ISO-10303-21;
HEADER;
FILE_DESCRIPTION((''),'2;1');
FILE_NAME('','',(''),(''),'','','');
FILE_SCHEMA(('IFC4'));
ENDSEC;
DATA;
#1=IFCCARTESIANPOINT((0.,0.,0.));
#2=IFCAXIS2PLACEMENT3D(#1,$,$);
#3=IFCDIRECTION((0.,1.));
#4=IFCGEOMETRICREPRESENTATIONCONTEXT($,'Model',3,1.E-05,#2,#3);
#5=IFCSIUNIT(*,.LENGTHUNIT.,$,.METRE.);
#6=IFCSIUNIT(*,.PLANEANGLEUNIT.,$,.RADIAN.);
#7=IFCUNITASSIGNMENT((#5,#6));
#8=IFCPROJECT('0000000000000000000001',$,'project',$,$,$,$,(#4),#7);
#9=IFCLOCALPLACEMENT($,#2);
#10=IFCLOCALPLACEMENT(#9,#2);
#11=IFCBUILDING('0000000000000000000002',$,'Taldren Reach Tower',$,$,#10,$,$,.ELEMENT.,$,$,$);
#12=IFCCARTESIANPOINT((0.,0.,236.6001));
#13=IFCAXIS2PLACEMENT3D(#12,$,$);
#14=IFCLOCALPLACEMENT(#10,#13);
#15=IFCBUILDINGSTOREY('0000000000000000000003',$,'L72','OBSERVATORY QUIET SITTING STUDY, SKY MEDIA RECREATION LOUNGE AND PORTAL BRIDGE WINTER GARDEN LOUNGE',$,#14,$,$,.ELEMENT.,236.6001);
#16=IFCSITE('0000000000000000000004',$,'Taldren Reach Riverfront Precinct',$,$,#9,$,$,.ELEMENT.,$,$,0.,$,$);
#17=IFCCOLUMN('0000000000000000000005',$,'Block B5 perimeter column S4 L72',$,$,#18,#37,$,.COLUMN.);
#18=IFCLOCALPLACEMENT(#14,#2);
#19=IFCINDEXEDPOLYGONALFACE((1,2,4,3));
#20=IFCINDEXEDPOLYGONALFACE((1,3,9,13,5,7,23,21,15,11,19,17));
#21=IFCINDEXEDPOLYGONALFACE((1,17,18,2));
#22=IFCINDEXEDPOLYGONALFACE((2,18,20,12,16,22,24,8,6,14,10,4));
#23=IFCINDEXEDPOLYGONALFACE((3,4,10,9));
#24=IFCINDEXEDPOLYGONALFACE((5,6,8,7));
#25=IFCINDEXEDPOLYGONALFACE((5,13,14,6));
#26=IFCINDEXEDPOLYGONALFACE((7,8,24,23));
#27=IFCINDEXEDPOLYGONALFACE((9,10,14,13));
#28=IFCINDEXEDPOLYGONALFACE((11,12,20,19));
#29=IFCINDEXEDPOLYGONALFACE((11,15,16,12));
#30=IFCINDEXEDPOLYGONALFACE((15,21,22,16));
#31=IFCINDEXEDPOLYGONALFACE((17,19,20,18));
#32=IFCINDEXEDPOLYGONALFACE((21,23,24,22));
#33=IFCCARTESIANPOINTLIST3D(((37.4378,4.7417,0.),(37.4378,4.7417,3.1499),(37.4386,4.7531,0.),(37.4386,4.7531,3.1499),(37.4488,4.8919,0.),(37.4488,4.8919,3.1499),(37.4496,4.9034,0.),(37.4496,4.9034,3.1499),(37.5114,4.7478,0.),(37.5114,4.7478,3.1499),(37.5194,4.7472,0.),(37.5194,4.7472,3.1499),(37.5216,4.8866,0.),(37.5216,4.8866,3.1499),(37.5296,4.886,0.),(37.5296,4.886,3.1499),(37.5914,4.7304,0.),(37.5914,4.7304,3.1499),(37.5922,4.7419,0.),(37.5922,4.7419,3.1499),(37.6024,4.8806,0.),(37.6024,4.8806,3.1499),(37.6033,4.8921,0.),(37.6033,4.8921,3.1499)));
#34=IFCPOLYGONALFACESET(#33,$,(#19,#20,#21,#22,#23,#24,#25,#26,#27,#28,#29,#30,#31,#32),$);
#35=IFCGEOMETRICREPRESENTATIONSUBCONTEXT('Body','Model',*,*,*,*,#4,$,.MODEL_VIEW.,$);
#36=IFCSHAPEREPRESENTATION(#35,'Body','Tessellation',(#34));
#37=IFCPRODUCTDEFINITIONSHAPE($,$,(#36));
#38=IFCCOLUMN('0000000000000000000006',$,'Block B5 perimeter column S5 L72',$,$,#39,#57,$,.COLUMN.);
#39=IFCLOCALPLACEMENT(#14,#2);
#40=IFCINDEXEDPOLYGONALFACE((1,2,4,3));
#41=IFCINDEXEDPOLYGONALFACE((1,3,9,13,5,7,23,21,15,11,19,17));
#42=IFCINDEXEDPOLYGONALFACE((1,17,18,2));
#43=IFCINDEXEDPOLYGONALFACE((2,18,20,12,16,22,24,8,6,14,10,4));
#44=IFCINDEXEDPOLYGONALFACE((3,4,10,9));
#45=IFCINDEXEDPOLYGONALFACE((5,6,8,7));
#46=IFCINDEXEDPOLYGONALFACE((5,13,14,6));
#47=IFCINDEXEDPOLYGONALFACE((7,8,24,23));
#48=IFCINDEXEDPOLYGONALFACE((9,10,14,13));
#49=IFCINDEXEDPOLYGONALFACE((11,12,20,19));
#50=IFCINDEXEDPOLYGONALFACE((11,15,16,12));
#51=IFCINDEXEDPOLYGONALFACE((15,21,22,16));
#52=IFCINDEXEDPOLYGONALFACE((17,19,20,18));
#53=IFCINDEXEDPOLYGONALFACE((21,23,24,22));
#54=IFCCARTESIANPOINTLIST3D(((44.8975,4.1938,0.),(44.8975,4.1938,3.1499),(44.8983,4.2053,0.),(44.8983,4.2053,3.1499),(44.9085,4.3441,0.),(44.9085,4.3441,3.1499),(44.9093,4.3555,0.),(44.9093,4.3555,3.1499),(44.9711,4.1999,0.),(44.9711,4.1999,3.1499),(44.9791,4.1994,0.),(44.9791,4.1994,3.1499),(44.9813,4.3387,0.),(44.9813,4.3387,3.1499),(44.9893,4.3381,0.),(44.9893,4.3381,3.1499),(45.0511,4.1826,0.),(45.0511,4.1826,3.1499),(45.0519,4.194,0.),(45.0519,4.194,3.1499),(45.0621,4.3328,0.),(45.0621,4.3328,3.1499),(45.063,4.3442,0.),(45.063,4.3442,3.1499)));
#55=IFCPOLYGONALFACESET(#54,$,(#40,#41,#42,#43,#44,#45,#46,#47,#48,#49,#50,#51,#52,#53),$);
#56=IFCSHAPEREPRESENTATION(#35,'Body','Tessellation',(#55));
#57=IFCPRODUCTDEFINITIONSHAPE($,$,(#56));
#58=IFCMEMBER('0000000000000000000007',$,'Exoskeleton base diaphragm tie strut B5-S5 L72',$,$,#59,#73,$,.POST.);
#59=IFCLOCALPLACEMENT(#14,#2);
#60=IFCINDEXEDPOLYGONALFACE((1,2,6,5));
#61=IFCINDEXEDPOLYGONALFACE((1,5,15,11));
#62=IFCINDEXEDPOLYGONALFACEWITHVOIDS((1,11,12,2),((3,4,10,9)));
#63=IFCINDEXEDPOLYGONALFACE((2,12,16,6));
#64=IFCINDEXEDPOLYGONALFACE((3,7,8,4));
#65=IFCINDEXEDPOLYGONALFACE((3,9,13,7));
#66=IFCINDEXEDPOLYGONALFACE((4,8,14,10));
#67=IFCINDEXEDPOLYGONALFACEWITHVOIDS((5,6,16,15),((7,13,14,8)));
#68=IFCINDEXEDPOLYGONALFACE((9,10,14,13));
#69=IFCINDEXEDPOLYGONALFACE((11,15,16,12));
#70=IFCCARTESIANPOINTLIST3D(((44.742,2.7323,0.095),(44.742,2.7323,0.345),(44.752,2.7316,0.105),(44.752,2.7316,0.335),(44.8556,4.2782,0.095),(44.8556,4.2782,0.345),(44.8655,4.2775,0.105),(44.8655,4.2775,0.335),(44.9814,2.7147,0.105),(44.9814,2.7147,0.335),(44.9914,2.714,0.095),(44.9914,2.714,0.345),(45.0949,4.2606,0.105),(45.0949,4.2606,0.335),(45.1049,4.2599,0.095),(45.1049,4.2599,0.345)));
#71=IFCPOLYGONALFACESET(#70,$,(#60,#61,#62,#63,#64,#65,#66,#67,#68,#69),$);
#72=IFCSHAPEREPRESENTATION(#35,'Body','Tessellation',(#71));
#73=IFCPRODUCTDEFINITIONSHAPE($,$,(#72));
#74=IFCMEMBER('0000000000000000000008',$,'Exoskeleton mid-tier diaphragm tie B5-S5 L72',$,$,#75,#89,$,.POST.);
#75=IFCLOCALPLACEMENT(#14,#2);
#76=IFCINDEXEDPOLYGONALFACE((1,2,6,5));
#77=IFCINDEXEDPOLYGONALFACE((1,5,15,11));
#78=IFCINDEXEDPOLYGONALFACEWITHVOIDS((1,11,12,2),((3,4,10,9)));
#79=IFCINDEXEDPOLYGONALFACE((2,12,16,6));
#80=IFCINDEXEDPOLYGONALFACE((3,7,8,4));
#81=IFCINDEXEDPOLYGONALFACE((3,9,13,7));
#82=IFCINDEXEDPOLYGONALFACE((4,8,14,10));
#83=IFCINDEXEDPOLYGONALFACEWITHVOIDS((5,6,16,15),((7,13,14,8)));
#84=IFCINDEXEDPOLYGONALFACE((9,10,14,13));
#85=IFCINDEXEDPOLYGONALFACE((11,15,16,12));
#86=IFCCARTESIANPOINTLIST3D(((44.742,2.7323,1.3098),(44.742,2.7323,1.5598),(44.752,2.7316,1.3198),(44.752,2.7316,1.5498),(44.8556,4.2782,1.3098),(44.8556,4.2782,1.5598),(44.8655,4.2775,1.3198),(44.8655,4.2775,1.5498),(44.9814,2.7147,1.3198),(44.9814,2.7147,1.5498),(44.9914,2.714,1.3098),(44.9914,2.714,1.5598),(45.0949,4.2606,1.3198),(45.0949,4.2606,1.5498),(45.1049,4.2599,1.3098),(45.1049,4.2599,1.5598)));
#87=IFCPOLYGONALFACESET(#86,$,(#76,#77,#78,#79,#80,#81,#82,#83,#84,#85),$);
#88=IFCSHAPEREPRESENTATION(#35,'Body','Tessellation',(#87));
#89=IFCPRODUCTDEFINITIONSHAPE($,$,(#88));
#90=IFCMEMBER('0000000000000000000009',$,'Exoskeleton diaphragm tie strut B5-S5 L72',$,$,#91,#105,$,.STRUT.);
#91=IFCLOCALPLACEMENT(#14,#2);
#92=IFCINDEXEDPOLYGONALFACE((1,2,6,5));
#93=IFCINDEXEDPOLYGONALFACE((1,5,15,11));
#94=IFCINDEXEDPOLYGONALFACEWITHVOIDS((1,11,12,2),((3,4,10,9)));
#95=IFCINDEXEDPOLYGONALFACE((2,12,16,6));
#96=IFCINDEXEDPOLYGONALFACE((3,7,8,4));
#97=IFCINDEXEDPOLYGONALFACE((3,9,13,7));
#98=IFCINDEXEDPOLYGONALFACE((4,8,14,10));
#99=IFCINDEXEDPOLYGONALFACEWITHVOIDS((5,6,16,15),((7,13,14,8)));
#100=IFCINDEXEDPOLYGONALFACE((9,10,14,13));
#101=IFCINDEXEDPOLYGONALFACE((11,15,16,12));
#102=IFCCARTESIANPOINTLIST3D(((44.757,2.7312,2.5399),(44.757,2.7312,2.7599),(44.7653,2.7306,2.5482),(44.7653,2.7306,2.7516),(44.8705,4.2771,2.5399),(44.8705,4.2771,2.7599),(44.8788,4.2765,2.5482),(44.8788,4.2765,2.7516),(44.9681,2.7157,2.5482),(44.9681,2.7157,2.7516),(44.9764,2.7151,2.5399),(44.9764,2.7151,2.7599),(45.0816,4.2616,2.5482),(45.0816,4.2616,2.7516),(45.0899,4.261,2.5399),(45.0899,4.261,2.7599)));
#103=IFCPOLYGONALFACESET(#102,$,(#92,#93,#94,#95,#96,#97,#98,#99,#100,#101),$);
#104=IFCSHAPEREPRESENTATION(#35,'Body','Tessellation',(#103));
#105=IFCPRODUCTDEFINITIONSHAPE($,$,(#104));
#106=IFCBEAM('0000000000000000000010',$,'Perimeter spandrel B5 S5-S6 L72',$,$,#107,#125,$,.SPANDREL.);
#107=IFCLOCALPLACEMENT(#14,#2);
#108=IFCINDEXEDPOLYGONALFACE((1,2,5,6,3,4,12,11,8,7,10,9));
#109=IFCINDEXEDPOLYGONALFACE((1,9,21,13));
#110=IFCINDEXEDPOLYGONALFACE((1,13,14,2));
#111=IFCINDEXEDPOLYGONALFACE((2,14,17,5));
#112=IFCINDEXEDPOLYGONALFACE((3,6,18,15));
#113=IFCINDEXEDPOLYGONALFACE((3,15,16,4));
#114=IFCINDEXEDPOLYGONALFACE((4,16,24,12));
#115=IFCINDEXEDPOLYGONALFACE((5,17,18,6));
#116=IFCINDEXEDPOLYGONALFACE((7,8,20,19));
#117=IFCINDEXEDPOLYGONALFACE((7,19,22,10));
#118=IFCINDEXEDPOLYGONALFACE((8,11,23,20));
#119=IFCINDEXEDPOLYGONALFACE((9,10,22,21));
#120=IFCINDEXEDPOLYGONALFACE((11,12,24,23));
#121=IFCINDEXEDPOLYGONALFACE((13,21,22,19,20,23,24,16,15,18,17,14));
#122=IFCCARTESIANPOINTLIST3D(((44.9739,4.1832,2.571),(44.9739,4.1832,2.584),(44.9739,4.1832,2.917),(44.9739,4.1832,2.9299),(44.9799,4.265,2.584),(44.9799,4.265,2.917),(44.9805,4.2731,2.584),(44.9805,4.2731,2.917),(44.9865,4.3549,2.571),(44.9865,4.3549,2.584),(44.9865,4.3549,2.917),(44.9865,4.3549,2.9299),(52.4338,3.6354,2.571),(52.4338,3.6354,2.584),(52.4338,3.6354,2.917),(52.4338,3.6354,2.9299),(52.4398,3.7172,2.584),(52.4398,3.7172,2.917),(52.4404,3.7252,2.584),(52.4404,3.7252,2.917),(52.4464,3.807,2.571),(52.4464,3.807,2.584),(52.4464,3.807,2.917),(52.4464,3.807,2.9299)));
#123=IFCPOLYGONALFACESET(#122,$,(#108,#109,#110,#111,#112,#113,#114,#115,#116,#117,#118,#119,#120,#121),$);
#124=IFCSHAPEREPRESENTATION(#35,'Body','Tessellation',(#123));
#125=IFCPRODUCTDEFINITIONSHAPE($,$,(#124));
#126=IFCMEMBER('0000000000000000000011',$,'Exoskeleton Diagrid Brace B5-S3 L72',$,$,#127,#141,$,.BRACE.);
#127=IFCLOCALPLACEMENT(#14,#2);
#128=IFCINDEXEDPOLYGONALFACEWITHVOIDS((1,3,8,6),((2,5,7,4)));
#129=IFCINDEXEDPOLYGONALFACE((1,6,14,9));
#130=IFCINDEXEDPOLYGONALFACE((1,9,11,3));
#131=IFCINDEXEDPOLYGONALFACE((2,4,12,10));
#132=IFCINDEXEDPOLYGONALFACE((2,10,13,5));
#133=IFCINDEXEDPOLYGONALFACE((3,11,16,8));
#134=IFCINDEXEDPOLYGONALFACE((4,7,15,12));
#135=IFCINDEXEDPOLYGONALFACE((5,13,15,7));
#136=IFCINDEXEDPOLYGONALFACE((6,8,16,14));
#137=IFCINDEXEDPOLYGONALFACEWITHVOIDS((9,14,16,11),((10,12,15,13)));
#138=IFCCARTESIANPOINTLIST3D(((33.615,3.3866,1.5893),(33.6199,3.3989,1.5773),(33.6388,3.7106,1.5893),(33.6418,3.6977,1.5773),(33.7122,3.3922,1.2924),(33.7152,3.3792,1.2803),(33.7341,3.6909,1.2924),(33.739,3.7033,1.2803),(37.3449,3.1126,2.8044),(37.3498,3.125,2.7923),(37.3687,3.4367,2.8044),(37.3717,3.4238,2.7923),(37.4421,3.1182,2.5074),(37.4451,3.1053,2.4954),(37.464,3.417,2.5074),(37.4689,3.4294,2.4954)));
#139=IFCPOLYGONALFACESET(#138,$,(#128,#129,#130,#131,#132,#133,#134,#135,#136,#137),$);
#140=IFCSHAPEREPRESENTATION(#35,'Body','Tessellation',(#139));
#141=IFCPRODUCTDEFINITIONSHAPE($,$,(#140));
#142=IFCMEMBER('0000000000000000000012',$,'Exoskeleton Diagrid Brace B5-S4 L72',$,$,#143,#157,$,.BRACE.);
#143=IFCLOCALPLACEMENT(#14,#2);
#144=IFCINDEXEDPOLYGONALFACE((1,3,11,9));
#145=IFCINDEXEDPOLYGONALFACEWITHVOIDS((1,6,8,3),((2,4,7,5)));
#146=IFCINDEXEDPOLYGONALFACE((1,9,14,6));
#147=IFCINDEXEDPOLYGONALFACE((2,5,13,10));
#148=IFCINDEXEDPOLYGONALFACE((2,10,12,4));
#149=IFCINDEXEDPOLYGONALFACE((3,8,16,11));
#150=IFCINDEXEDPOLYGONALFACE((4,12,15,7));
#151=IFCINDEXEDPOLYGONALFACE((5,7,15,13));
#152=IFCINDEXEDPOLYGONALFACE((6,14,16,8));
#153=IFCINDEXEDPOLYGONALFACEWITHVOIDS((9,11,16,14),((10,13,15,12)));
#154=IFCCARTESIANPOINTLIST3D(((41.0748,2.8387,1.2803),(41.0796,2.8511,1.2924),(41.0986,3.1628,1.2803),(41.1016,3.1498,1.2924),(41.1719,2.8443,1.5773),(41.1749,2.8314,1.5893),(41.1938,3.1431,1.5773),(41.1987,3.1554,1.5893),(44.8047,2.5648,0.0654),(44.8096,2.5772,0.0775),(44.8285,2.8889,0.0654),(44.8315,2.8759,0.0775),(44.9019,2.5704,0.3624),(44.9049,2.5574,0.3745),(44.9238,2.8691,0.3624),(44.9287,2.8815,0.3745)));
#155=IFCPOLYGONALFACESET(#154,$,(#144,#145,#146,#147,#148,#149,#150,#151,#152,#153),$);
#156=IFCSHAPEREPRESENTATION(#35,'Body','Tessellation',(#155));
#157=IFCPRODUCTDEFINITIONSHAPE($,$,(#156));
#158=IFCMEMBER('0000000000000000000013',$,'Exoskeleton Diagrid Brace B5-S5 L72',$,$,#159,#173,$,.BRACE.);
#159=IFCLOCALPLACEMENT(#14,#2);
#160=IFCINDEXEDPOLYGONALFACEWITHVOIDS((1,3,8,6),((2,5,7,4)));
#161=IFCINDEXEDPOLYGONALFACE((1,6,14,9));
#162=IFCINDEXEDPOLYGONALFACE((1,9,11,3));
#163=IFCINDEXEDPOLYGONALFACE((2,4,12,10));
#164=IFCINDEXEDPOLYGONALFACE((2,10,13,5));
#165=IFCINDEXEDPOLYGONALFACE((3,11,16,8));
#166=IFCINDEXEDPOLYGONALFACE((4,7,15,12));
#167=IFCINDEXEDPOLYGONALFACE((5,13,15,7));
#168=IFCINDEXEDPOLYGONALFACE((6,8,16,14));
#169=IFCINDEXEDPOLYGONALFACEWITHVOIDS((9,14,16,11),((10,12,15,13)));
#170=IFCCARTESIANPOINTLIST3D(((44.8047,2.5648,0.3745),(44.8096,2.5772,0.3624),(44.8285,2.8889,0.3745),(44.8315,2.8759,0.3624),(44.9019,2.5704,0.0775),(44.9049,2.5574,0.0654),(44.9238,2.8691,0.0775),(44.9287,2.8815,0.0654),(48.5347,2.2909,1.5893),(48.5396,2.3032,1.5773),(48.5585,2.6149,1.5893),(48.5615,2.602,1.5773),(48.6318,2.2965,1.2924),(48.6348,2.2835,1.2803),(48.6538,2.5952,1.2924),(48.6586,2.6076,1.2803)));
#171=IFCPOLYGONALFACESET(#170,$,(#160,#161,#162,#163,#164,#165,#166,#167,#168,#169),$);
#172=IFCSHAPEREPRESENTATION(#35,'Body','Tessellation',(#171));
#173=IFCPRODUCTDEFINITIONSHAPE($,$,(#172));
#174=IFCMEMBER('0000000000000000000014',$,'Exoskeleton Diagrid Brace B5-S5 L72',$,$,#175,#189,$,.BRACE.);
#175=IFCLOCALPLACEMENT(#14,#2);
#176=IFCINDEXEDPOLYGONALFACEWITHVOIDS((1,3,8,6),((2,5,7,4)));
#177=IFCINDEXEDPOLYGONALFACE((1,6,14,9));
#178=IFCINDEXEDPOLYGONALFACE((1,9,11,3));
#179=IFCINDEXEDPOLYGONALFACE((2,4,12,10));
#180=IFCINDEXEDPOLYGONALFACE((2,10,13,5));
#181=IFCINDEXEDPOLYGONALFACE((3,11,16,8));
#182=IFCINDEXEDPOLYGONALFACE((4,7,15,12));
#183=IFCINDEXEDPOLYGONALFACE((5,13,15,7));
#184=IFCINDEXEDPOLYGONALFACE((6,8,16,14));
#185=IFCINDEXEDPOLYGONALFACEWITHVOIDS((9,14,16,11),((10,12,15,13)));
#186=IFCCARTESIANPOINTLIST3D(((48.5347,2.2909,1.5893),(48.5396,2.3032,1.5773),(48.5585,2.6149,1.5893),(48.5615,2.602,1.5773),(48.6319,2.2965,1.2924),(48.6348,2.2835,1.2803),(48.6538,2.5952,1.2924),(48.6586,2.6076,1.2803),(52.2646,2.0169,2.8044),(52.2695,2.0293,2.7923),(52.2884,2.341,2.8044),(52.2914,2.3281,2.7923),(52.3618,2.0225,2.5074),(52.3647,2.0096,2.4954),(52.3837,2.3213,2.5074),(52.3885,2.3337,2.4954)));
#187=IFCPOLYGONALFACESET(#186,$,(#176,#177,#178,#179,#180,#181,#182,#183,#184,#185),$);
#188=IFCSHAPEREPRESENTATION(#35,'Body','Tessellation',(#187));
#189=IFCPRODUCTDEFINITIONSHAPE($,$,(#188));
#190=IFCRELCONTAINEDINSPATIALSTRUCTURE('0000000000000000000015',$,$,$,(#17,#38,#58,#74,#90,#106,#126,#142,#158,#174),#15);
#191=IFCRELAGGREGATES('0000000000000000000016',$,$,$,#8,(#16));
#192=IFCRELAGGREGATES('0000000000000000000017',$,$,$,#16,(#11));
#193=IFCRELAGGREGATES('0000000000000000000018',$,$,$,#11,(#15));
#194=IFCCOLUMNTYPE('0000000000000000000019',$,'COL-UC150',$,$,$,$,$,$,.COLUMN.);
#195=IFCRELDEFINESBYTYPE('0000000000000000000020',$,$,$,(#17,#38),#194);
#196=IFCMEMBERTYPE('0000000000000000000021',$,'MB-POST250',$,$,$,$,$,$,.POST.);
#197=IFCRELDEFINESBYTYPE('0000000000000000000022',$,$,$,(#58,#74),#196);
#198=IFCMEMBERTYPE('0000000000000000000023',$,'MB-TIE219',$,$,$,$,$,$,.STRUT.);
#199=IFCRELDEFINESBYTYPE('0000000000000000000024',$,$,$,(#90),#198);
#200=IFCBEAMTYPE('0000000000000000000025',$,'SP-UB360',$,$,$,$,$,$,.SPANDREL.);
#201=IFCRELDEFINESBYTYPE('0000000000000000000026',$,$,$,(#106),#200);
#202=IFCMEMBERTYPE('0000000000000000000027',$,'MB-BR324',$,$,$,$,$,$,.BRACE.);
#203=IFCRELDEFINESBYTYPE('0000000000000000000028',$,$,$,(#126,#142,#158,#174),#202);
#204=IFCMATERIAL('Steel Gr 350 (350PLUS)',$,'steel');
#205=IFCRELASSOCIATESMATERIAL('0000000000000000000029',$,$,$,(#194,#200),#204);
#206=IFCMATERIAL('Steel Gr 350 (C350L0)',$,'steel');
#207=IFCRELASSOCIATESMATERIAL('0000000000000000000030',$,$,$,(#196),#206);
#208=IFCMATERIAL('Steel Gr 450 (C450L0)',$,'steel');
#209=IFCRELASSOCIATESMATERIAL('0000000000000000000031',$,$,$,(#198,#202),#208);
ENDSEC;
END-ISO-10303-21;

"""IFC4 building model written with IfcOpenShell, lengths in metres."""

from ifc_helpers import new_model, si_unit, direction, frame, origin, origin_2d, place, context, subcontext, project, spatial, hollow_rectangle, i_section, extrude, source, transform, mapped, material, material_profile, profile_set, type_object, element, save


model = new_model("IFC4")

# Units and contexts
model_context = context("Model", 3, precision=1e-05, world=origin(), true_north=direction((0.0, 1.0)))
body_context = subcontext(model_context, "Body", "Model", "MODEL_VIEW")
ifc_project = project(units=[si_unit("LENGTHUNIT", "METRE"), si_unit("PLANEANGLEUNIT", "RADIAN")], contexts=[model_context])

# Site, building, storey
site_placement = place(None, origin())
site = spatial("IfcSite", under=ifc_project, at=site_placement, Name="Taldren Reach Riverfront Precinct", CompositionType="ELEMENT", RefElevation=0.0)
building_placement = place(site_placement, origin())
building = spatial("IfcBuilding", under=site, at=building_placement, Name="Taldren Reach Tower", CompositionType="ELEMENT")
storey_placement = place(building_placement, frame((0.0, 0.0, 236.6001)))
storey = spatial("IfcBuildingStorey", under=building, at=storey_placement, Name="L72", Description="OBSERVATORY QUIET SITTING STUDY, SKY MEDIA RECREATION LOUNGE AND PORTAL BRIDGE WINTER GARDEN LOUNGE", CompositionType="ELEMENT", Elevation=236.6001)

# Columns
ifc_material_1 = material(Name="Steel Gr 350 (350PLUS)", Category="steel")
ifc_material_profile_1 = material_profile(ifc_material_1, i_section(OverallWidth=0.1541, OverallDepth=0.1621, WebThickness=0.0081, FlangeThickness=0.0115, at=origin_2d()), Name="150UC37.2")
ifc_profile_set_1 = profile_set([ifc_material_profile_1], Name="Steel Gr 350 (350PLUS)")
column_type = type_object("IfcColumnType", Name="COL-UC150", PredefinedType="COLUMN", material=ifc_profile_set_1)
shared_shape_1 = source(origin(), body_context, "Body", "SweptSolid", [
    extrude(i_section(OverallWidth=0.1541, OverallDepth=0.1621, WebThickness=0.0081, FlangeThickness=0.0115, at=origin_2d()), origin(), (0.0, 0.0, 1.0), 3.1499),
])
for number, where, z_axis, x_axis, name in (
    (1, (37.5205, 4.8169, 0.0), (0.0, 0.0, 1.0), (0.997314, -0.073238, 0.0), "Block B5 perimeter column S4 L72"),
    (2, (44.9802, 4.269, 0.0), (0.0, 0.0, 1.0), (0.997314, -0.073238, 0.0), "Block B5 perimeter column S5 L72"),
):
    element("IfcColumn", number, at=place(storey_placement, frame(where, z_axis=z_axis, x_axis=x_axis)), inside=storey, type_object=column_type, Name=name, PredefinedType="COLUMN", context=body_context, shape_type="MappedRepresentation", body=[
        mapped(shared_shape_1, transform((0.0, 0.0, 0.0), scale=1.0)),
    ])

# Members
ifc_material_2 = material(Name="Steel Gr 350 (C350L0)", Category="steel")
ifc_material_profile_2 = material_profile(ifc_material_2, hollow_rectangle(XDim=0.25, YDim=0.25, WallThickness=0.01, at=origin_2d()), Name="250x250x10.0SHS")
ifc_profile_set_2 = profile_set([ifc_material_profile_2], Name="Steel Gr 350 (C350L0)")
member_type_1 = type_object("IfcMemberType", Name="MB-POST250", PredefinedType="POST", material=ifc_profile_set_2)
shared_shape_2 = source(origin(), body_context, "Body", "SweptSolid", [
    extrude(hollow_rectangle(XDim=0.25, YDim=0.25, WallThickness=0.01, at=origin_2d()), origin(), (0.0, 0.0, 1.0), 1.55),
])
for number, where, z_axis, x_axis, name in (
    (3, (44.9802, 4.269, 0.22), (-0.073239, -0.997314, 0.0), (0.997314, -0.073239, 0.0), "Exoskeleton base diaphragm tie strut B5-S5 L72"),
    (4, (44.9802, 4.269, 1.4348), (-0.073239, -0.997314, 0.0), (0.997314, -0.073239, 0.0), "Exoskeleton mid-tier diaphragm tie B5-S5 L72"),
):
    element("IfcMember", number, at=place(storey_placement, frame(where, z_axis=z_axis, x_axis=x_axis)), inside=storey, type_object=member_type_1, Name=name, PredefinedType="POST", context=body_context, shape_type="MappedRepresentation", body=[
        mapped(shared_shape_2, transform((0.0, 0.0, 0.0), scale=1.0)),
    ])
ifc_material_3 = material(Name="Steel Gr 450 (C450L0)", Category="steel")
ifc_material_profile_3 = material_profile(ifc_material_3, hollow_rectangle(XDim=0.22, YDim=0.22, WallThickness=0.0083, at=origin_2d()), Name="220x220x8.2SHS")
ifc_profile_set_3 = profile_set([ifc_material_profile_3], Name="Steel Gr 450 (C450L0)")
member_type_2 = type_object("IfcMemberType", Name="MB-TIE219", PredefinedType="STRUT", material=ifc_profile_set_3)
shared_shape_3 = source(origin(), body_context, "Body", "SweptSolid", [
    extrude(hollow_rectangle(XDim=0.22, YDim=0.22, WallThickness=0.0083, at=origin_2d()), origin(), (0.0, 0.0, 1.0), 1.55),
])
member_1_placement = place(storey_placement, frame((44.9802, 4.269, 2.6499), z_axis=(-0.073239, -0.997314, 0.0), x_axis=(0.997314, -0.073239, 0.0)))
element("IfcMember", 5, at=member_1_placement, inside=storey, type_object=member_type_2, Name="Exoskeleton diaphragm tie strut B5-S5 L72", PredefinedType="STRUT", context=body_context, shape_type="MappedRepresentation", body=[
    mapped(shared_shape_3, transform((0.0, 0.0, 0.0), scale=1.0)),
])

# Beam
ifc_material_profile_4 = material_profile(ifc_material_1, i_section(OverallWidth=0.1721, OverallDepth=0.3589, WebThickness=0.0081, FlangeThickness=0.0129, at=origin_2d()), Name="360UB56.7")
ifc_profile_set_4 = profile_set([ifc_material_profile_4], Name="Steel Gr 350 (350PLUS)")
beam_type = type_object("IfcBeamType", Name="SP-UB360", PredefinedType="SPANDREL", material=ifc_profile_set_4)
shared_shape_4 = source(origin(), body_context, "Body", "SweptSolid", [
    extrude(i_section(OverallWidth=0.1721, OverallDepth=0.3589, WebThickness=0.0081, FlangeThickness=0.0129, at=origin_2d()), origin(), (0.0, 0.0, 1.0), 7.48),
])
beam_placement = place(storey_placement, frame((44.9802, 4.269, 2.7505), z_axis=(0.997314, -0.073242, 0.0), x_axis=(0.073242, 0.997314, 0.0)))
element("IfcBeam", 6, at=beam_placement, inside=storey, type_object=beam_type, Name="Perimeter spandrel B5 S5-S6 L72", PredefinedType="SPANDREL", context=body_context, shape_type="MappedRepresentation", body=[
    mapped(shared_shape_4, transform((0.0, 0.0, 0.0), scale=1.0)),
])

# Members
ifc_material_profile_5 = material_profile(ifc_material_3, hollow_rectangle(XDim=0.325, YDim=0.325, WallThickness=0.0127, at=origin_2d()), Name="325x325x12.7SHS")
ifc_profile_set_5 = profile_set([ifc_material_profile_5], Name="Steel Gr 450 (C450L0)")
member_type_3 = type_object("IfcMemberType", Name="MB-BR324", PredefinedType="BRACE", material=ifc_profile_set_5)
shared_shape_5 = source(origin(), body_context, "Body", "SweptSolid", [
    extrude(hollow_rectangle(XDim=0.325, YDim=0.325, WallThickness=0.0127, at=origin_2d()), origin(), (0.0, 0.0, 1.0), 3.9324),
])
for number, where, z_axis, x_axis, name in (
    (7, (33.677, 3.5449, 1.4348), (0.948511, -0.069658, 0.308989), (0.073242, 0.997314, 0.0), "Exoskeleton Diagrid Brace B5-S3 L72"),
    (8, (44.8667, 2.7231, 0.22), (-0.948529, 0.069659, 0.308933), (-0.073242, -0.997314, 0.0), "Exoskeleton Diagrid Brace B5-S4 L72"),
    (9, (44.8667, 2.7231, 0.22), (0.948529, -0.069659, 0.308933), (0.073242, 0.997314, 0.0), "Exoskeleton Diagrid Brace B5-S5 L72"),
    (10, (48.5967, 2.4492, 1.4348), (0.948511, -0.069658, 0.308989), (0.073242, 0.997314, 0.0), "Exoskeleton Diagrid Brace B5-S5 L72"),
):
    element("IfcMember", number, at=place(storey_placement, frame(where, z_axis=z_axis, x_axis=x_axis)), inside=storey, type_object=member_type_3, Name=name, PredefinedType="BRACE", context=body_context, shape_type="MappedRepresentation", body=[
        mapped(shared_shape_5, transform((0.0, 0.0, 0.0), scale=1.0)),
    ])

save(model, "model.ifc")
